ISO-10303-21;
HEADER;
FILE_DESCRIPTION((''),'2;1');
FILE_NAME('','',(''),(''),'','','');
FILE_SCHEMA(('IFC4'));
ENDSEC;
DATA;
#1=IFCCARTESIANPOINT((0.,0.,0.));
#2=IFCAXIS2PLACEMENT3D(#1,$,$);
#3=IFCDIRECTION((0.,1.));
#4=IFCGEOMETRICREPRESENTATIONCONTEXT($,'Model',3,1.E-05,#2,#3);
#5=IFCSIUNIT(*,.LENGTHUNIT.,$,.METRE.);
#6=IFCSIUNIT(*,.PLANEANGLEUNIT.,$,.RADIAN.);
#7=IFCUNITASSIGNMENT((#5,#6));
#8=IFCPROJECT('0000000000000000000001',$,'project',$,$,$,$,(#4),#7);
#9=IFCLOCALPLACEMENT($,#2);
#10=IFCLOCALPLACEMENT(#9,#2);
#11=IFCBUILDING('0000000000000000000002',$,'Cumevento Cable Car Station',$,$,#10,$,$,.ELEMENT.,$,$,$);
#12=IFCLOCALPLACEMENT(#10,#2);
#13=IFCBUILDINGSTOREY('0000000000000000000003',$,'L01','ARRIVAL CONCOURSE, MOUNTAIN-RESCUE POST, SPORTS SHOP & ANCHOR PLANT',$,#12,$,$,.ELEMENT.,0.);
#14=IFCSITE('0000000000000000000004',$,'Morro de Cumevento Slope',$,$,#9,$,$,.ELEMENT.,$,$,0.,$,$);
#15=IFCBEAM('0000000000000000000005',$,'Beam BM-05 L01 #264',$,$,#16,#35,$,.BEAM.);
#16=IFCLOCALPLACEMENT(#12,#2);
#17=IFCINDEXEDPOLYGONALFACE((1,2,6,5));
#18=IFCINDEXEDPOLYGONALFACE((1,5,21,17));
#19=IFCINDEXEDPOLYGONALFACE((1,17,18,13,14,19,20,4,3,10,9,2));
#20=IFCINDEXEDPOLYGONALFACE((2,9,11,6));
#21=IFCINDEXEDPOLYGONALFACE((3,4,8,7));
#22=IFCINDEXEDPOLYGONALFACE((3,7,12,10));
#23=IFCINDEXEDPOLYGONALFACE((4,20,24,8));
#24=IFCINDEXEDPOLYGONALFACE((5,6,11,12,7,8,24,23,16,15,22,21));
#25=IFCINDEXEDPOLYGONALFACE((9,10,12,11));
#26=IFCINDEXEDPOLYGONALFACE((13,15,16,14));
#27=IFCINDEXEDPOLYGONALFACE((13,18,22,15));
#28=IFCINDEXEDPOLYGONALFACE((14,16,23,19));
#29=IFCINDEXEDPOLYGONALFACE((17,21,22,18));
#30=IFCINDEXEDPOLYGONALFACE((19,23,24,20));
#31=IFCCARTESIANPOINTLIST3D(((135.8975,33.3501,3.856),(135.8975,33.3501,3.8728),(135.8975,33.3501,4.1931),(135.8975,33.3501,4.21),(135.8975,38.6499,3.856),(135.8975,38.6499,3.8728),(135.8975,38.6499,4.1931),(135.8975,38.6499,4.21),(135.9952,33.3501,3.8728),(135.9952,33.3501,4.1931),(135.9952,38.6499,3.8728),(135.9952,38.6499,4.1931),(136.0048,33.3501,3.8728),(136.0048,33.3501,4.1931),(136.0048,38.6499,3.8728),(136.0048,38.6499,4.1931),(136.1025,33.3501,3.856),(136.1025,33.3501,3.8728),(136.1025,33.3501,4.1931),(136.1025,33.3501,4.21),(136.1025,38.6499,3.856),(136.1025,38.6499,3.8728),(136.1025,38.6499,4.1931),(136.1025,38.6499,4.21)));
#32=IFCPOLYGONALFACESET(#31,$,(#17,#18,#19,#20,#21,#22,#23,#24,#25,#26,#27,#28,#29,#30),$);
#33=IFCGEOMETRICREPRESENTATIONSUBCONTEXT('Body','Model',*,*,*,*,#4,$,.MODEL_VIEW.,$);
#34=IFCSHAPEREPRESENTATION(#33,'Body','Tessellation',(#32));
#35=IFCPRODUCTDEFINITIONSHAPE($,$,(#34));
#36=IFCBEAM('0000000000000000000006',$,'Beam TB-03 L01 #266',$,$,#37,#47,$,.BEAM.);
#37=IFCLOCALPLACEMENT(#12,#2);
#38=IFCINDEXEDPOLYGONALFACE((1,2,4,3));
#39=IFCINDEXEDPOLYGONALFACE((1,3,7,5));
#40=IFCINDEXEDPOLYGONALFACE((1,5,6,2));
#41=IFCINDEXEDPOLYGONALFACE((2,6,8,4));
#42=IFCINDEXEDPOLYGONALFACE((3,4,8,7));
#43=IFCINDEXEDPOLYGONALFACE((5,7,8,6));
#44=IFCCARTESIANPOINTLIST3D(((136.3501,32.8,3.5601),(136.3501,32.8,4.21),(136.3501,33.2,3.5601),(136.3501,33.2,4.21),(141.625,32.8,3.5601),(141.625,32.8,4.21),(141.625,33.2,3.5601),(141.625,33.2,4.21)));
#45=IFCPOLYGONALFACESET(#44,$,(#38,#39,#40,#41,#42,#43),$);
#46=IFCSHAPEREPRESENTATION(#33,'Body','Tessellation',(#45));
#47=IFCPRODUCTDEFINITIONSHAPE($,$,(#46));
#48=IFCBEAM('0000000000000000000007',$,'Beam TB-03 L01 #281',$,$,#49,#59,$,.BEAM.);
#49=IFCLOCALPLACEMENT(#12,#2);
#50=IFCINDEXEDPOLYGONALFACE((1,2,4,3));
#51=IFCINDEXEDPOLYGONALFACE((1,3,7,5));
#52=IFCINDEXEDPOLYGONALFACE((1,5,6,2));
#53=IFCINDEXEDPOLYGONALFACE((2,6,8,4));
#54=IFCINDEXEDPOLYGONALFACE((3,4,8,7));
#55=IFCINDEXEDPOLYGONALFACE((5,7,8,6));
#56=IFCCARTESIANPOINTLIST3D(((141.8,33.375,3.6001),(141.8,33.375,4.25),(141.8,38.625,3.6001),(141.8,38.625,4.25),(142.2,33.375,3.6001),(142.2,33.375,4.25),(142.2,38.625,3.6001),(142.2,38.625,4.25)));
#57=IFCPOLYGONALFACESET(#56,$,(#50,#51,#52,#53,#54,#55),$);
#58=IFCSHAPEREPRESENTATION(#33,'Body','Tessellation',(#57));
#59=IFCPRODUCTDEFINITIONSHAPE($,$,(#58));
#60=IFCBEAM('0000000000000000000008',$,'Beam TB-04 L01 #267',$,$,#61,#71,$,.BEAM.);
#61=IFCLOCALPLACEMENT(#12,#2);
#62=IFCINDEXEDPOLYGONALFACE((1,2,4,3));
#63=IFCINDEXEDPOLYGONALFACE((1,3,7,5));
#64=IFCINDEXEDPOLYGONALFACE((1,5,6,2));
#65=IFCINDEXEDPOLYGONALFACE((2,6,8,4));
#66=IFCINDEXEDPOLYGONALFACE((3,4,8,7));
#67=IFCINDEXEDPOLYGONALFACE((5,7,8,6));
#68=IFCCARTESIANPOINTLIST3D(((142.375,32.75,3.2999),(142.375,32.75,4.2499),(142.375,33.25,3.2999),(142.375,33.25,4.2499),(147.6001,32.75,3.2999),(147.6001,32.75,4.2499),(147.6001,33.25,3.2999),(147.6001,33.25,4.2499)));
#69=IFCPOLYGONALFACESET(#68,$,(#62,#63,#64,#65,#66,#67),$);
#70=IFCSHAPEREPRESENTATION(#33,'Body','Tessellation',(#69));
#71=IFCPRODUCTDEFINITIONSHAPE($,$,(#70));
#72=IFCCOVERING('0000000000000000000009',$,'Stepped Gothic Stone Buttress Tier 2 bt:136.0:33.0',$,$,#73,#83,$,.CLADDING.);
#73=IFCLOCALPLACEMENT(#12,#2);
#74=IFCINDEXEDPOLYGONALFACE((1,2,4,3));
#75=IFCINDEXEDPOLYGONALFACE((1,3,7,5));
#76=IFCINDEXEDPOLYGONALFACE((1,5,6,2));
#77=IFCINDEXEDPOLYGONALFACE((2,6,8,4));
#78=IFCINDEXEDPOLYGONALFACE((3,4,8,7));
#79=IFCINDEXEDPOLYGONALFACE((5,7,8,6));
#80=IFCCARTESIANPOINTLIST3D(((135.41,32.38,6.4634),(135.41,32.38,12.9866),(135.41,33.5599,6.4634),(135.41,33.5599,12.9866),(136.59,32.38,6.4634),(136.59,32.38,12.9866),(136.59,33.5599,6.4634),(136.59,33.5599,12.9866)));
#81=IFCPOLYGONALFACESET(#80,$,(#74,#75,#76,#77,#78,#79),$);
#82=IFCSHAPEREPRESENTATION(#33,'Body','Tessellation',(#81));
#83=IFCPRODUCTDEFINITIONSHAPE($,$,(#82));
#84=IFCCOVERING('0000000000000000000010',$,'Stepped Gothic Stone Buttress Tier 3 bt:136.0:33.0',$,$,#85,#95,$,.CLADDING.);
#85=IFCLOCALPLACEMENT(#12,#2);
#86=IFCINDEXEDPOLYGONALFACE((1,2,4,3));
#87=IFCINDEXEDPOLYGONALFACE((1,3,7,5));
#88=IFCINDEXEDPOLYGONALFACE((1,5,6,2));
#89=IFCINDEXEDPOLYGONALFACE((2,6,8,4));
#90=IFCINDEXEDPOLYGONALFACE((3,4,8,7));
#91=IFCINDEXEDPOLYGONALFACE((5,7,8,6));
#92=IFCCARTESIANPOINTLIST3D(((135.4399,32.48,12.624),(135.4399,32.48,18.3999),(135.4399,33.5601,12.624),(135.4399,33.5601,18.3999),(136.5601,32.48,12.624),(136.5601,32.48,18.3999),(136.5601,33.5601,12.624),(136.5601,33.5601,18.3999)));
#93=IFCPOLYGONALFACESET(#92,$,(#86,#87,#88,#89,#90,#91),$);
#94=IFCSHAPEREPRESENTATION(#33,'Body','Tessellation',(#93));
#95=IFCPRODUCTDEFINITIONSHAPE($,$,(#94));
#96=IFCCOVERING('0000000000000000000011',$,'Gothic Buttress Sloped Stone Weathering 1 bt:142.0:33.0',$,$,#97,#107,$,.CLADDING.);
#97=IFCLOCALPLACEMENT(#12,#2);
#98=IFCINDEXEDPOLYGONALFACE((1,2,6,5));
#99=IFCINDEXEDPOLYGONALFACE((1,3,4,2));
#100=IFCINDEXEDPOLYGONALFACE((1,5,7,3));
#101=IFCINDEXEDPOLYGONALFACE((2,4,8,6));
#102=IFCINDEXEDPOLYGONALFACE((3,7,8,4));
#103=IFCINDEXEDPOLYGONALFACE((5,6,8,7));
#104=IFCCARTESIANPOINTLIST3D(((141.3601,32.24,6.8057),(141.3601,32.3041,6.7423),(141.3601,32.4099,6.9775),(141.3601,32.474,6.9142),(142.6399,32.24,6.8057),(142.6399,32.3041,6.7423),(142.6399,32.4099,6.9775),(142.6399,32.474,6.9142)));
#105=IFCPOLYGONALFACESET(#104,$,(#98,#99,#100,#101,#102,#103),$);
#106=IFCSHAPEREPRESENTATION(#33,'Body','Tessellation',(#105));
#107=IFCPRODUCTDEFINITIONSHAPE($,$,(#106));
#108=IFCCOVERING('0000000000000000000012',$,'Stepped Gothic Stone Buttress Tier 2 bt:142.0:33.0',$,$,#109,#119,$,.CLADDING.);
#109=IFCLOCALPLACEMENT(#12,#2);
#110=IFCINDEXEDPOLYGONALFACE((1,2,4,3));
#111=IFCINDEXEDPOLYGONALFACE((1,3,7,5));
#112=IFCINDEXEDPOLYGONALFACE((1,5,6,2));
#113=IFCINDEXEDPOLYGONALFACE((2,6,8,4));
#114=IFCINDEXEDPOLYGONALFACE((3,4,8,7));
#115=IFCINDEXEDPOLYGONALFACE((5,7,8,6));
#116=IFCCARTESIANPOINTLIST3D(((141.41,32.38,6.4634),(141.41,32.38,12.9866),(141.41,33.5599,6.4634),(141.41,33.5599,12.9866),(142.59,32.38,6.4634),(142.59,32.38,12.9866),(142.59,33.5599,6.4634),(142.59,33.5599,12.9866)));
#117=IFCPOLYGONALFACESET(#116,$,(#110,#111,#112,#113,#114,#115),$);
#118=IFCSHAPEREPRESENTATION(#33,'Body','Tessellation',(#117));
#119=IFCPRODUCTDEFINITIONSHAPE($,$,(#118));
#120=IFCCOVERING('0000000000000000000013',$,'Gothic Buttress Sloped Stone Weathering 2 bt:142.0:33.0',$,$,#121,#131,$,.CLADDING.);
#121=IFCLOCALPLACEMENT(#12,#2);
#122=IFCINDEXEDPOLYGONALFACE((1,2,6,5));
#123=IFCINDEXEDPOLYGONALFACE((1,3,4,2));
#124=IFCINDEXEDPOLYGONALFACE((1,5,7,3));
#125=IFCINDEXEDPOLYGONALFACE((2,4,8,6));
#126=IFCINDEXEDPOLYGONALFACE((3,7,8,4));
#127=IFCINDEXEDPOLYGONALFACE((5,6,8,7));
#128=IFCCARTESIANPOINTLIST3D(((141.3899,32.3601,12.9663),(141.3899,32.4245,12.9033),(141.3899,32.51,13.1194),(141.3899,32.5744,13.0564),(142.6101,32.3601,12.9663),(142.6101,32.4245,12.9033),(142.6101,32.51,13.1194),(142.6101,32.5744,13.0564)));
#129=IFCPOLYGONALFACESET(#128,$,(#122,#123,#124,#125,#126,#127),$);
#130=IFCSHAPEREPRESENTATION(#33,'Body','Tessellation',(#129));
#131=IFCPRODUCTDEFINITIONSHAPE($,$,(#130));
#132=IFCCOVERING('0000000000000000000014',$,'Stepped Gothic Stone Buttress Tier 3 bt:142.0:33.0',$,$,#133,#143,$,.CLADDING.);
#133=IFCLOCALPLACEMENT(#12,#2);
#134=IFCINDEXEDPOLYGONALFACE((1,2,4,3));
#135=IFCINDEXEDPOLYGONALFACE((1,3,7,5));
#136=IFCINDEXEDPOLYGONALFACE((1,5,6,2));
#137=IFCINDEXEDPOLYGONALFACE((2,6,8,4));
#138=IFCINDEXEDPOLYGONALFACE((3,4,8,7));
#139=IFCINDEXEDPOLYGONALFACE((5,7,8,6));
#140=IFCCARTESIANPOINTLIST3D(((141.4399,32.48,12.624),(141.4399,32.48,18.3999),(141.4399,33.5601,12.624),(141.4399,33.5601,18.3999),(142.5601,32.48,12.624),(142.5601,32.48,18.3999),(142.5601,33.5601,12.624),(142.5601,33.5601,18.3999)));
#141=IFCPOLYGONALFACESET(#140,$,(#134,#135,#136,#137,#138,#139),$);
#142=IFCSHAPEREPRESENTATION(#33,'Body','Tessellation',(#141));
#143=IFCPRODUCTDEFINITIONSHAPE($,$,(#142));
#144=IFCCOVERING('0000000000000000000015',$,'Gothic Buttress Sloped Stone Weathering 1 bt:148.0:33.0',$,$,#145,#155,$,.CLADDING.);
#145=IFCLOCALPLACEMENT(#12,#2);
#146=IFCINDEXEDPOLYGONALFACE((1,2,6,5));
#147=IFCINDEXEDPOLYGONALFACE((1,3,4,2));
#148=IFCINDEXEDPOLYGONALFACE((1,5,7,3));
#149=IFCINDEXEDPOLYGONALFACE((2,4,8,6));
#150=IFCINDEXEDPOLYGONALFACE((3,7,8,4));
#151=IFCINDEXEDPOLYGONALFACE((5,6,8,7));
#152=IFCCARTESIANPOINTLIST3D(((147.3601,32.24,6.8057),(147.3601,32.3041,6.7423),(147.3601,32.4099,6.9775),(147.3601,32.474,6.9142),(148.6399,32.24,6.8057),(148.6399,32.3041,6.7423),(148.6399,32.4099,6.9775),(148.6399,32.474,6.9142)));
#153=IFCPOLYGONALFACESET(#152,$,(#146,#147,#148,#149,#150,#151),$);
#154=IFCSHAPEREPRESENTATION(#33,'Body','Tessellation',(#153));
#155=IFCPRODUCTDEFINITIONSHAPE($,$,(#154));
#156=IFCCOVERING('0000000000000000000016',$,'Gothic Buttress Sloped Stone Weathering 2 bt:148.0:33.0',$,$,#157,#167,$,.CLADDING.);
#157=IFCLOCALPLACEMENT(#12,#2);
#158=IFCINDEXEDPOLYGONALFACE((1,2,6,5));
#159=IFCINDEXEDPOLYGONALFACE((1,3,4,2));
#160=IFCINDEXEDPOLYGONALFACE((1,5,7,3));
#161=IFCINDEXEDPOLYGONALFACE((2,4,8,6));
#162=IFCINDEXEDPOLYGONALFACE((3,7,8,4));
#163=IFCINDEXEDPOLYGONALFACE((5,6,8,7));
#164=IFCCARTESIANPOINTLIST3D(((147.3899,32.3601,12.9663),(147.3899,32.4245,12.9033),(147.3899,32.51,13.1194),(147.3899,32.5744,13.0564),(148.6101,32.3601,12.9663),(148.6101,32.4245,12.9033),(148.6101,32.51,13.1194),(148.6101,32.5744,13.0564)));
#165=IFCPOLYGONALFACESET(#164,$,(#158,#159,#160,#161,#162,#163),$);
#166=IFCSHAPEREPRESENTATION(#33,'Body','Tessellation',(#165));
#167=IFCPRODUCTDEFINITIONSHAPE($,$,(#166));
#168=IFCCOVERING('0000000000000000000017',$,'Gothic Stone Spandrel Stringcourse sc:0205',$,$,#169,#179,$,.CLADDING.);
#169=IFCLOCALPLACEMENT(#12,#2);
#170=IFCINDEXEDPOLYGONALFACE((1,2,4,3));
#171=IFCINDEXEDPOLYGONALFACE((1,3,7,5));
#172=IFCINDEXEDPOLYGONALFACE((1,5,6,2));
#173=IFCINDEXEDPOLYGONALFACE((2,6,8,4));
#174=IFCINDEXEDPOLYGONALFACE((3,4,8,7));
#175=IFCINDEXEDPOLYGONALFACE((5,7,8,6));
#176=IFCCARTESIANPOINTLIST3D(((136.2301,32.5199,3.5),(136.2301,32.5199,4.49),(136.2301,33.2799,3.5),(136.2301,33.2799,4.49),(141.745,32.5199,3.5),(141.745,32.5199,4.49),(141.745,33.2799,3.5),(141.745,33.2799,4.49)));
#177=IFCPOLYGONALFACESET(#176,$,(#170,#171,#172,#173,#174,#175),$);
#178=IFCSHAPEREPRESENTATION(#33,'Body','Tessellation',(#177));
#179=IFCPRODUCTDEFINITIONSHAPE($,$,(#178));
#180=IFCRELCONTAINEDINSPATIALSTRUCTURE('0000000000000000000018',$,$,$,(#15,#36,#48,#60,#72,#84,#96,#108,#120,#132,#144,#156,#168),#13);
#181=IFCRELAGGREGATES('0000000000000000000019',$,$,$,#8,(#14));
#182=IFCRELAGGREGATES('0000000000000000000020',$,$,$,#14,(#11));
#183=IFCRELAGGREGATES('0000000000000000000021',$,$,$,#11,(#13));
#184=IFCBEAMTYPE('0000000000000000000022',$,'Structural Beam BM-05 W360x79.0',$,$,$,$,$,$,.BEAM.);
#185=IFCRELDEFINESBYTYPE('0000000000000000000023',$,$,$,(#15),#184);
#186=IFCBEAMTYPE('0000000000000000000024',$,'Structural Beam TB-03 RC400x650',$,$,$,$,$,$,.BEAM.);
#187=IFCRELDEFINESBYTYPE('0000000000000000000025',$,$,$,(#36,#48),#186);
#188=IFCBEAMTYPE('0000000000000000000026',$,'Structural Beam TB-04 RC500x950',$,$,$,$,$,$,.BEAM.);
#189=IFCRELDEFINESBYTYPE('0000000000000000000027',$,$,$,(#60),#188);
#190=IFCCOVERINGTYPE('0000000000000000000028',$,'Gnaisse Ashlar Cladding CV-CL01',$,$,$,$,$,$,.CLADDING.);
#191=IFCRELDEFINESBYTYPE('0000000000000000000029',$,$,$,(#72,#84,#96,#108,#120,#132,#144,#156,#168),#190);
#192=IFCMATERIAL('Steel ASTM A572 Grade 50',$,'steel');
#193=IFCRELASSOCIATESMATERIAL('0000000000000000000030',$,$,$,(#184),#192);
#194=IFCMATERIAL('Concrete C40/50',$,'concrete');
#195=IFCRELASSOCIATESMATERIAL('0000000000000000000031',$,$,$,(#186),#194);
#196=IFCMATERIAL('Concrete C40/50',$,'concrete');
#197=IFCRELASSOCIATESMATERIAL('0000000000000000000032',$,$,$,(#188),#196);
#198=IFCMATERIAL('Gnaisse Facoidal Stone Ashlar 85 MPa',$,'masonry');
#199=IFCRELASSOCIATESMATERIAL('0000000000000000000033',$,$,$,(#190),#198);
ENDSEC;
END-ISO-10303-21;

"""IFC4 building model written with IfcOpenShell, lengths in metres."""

from ifc_helpers import new_model, si_unit, direction, frame, origin, origin_2d, place, context, subcontext, project, spatial, polyline, rectangle, i_section, outline, extrude, material, material_profile, profile_set, type_object, element, save


model = new_model("IFC4")

# Units and contexts
model_context = context("Model", 3, precision=1e-05, world=origin(), true_north=direction((0.0, 1.0)))
body_context = subcontext(model_context, "Body", "Model", "MODEL_VIEW")
ifc_project = project(units=[si_unit("LENGTHUNIT", "METRE"), si_unit("PLANEANGLEUNIT", "RADIAN")], contexts=[model_context])

# Site, building, storey
site_placement = place(None, origin())
site = spatial("IfcSite", under=ifc_project, at=site_placement, Name="Morro de Cumevento Slope", CompositionType="ELEMENT", RefElevation=0.0)
building_placement = place(site_placement, origin())
building = spatial("IfcBuilding", under=site, at=building_placement, Name="Cumevento Cable Car Station", CompositionType="ELEMENT")
storey_placement = place(building_placement, origin())
storey = spatial("IfcBuildingStorey", under=building, at=storey_placement, Name="L01", Description="ARRIVAL CONCOURSE, MOUNTAIN-RESCUE POST, SPORTS SHOP & ANCHOR PLANT", CompositionType="ELEMENT", Elevation=0.0)

# Beams
ifc_material_1 = material(Name="Steel ASTM A572 Grade 50", Category="steel")
ifc_material_profile_1 = material_profile(ifc_material_1, i_section(OverallWidth=0.2051, OverallDepth=0.354, WebThickness=0.0095, FlangeThickness=0.0168, at=origin_2d()), Name="W360x79.0")
ifc_profile_set_1 = profile_set([ifc_material_profile_1], Name="Steel ASTM A572 Grade 50")
beam_type_1 = type_object("IfcBeamType", Name="Structural Beam BM-05 W360x79.0", PredefinedType="BEAM", material=ifc_profile_set_1)
beam_1_placement = place(storey_placement, frame((136.0, 33.3501, 4.033), z_axis=(0.0, 1.0, 0.0), x_axis=(-1.0, 0.0, 0.0)))
element("IfcBeam", 1, at=beam_1_placement, inside=storey, type_object=beam_type_1, Name="Beam BM-05 L01 #264", PredefinedType="BEAM", context=body_context, shape_type="SweptSolid", body=[
    extrude(i_section(OverallWidth=0.2051, OverallDepth=0.354, WebThickness=0.0095, FlangeThickness=0.0168, at=origin_2d()), origin(), (0.0, 0.0, 1.0), 5.2998),
])
ifc_material_2 = material(Name="Concrete C40/50", Category="concrete")
ifc_material_profile_2 = material_profile(ifc_material_2, rectangle(XDim=0.3999, YDim=0.6499, at=origin_2d()), Name="RC400x650")
ifc_profile_set_2 = profile_set([ifc_material_profile_2], Name="Concrete C40/50")
beam_type_2 = type_object("IfcBeamType", Name="Structural Beam TB-03 RC400x650", PredefinedType="BEAM", material=ifc_profile_set_2)
beam_2_placement = place(storey_placement, frame((136.3501, 33.0, 3.885), z_axis=(1.0, 0.0, 0.0), x_axis=(0.0, 1.0, 0.0)))
element("IfcBeam", 2, at=beam_2_placement, inside=storey, type_object=beam_type_2, Name="Beam TB-03 L01 #266", PredefinedType="BEAM", context=body_context, shape_type="SweptSolid", body=[
    extrude(rectangle(XDim=0.3999, YDim=0.6499, at=origin_2d()), origin(), (0.0, 0.0, 1.0), 5.2749),
])
beam_3_placement = place(storey_placement, frame((142.0, 33.375, 3.925), z_axis=(0.0, 1.0, 0.0), x_axis=(-1.0, 0.0, 0.0)))
element("IfcBeam", 3, at=beam_3_placement, inside=storey, type_object=beam_type_2, Name="Beam TB-03 L01 #281", PredefinedType="BEAM", context=body_context, shape_type="SweptSolid", body=[
    extrude(rectangle(XDim=0.3999, YDim=0.6499, at=origin_2d()), origin(), (0.0, 0.0, 1.0), 5.25),
])
ifc_material_3 = material(Name="Concrete C40/50", Category="concrete")
ifc_material_profile_3 = material_profile(ifc_material_3, rectangle(XDim=0.5, YDim=0.95, at=origin_2d()), Name="RC500x950")
ifc_profile_set_3 = profile_set([ifc_material_profile_3], Name="Concrete C40/50")
beam_type_3 = type_object("IfcBeamType", Name="Structural Beam TB-04 RC500x950", PredefinedType="BEAM", material=ifc_profile_set_3)
beam_4_placement = place(storey_placement, frame((142.375, 33.0, 3.7749), z_axis=(1.0, 0.0, 0.0), x_axis=(0.0, 1.0, 0.0)))
element("IfcBeam", 4, at=beam_4_placement, inside=storey, type_object=beam_type_3, Name="Beam TB-04 L01 #267", PredefinedType="BEAM", context=body_context, shape_type="SweptSolid", body=[
    extrude(rectangle(XDim=0.5, YDim=0.95, at=origin_2d()), origin(), (0.0, 0.0, 1.0), 5.2251),
])

# Coverings
ifc_material_4 = material(Name="Gnaisse Facoidal Stone Ashlar 85 MPa", Category="masonry")
covering_type = type_object("IfcCoveringType", Name="Gnaisse Ashlar Cladding CV-CL01", PredefinedType="CLADDING", material=ifc_material_4)
covering_1_placement = place(storey_placement, frame((136.0, 32.97, 6.4634), z_axis=(0.0, 0.0, 1.0), x_axis=(1.0, 0.0, 0.0)))
element("IfcCovering", 5, at=covering_1_placement, inside=storey, type_object=covering_type, Name="Stepped Gothic Stone Buttress Tier 2 bt:136.0:33.0", PredefinedType="CLADDING", context=body_context, shape_type="SweptSolid", body=[
    extrude(rectangle(XDim=1.1799, YDim=1.1799, at=origin_2d()), origin(), (0.0, 0.0, 1.0), 6.5232),
])
covering_2_placement = place(storey_placement, frame((136.0, 33.02, 12.624), z_axis=(0.0, 0.0, 1.0), x_axis=(1.0, 0.0, 0.0)))
element("IfcCovering", 6, at=covering_2_placement, inside=storey, type_object=covering_type, Name="Stepped Gothic Stone Buttress Tier 3 bt:136.0:33.0", PredefinedType="CLADDING", context=body_context, shape_type="SweptSolid", body=[
    extrude(rectangle(XDim=1.1201, YDim=1.0801, at=origin_2d()), origin(), (0.0, 0.0, 1.0), 5.7759),
])
covering_3_placement = place(storey_placement, frame((141.3601, 32.24, 6.8057), z_axis=(0.0, -0.711136, 0.703055), x_axis=(1.0, 0.0, 0.0)))
element("IfcCovering", 7, at=covering_3_placement, inside=storey, type_object=covering_type, Name="Gothic Buttress Sloped Stone Weathering 1 bt:142.0:33.0", PredefinedType="CLADDING", context=body_context, shape_type="SweptSolid", body=[
    extrude(outline(polyline([(0.0, 0.0), (1.2798, 0.0), (1.2798, 0.2417), (0.0, 0.2417), (0.0, 0.0)])), origin(), (0.0, 0.0, -1.0), 0.0901),
])
covering_4_placement = place(storey_placement, frame((142.0, 32.97, 6.4634), z_axis=(0.0, 0.0, 1.0), x_axis=(1.0, 0.0, 0.0)))
element("IfcCovering", 8, at=covering_4_placement, inside=storey, type_object=covering_type, Name="Stepped Gothic Stone Buttress Tier 2 bt:142.0:33.0", PredefinedType="CLADDING", context=body_context, shape_type="SweptSolid", body=[
    extrude(rectangle(XDim=1.1799, YDim=1.1799, at=origin_2d()), origin(), (0.0, 0.0, 1.0), 6.5232),
])
covering_5_placement = place(storey_placement, frame((141.3899, 32.3601, 12.9663), z_axis=(0.0, -0.714475, 0.699661), x_axis=(1.0, 0.0, 0.0)))
element("IfcCovering", 9, at=covering_5_placement, inside=storey, type_object=covering_type, Name="Gothic Buttress Sloped Stone Weathering 2 bt:142.0:33.0", PredefinedType="CLADDING", context=body_context, shape_type="SweptSolid", body=[
    extrude(outline(polyline([(0.0, 0.0), (1.2202, 0.0), (1.2202, 0.2142), (0.0, 0.2142), (0.0, 0.0)])), origin(), (0.0, 0.0, -1.0), 0.0901),
])
covering_6_placement = place(storey_placement, frame((142.0, 33.02, 12.624), z_axis=(0.0, 0.0, 1.0), x_axis=(1.0, 0.0, 0.0)))
element("IfcCovering", 10, at=covering_6_placement, inside=storey, type_object=covering_type, Name="Stepped Gothic Stone Buttress Tier 3 bt:142.0:33.0", PredefinedType="CLADDING", context=body_context, shape_type="SweptSolid", body=[
    extrude(rectangle(XDim=1.1201, YDim=1.0801, at=origin_2d()), origin(), (0.0, 0.0, 1.0), 5.7759),
])
covering_7_placement = place(storey_placement, frame((147.3601, 32.24, 6.8057), z_axis=(0.0, -0.711136, 0.703055), x_axis=(1.0, 0.0, 0.0)))
element("IfcCovering", 11, at=covering_7_placement, inside=storey, type_object=covering_type, Name="Gothic Buttress Sloped Stone Weathering 1 bt:148.0:33.0", PredefinedType="CLADDING", context=body_context, shape_type="SweptSolid", body=[
    extrude(outline(polyline([(0.0, 0.0), (1.2798, 0.0), (1.2798, 0.2417), (0.0, 0.2417), (0.0, 0.0)])), origin(), (0.0, 0.0, -1.0), 0.0901),
])
covering_8_placement = place(storey_placement, frame((147.3899, 32.3601, 12.9663), z_axis=(0.0, -0.714475, 0.699661), x_axis=(1.0, 0.0, 0.0)))
element("IfcCovering", 12, at=covering_8_placement, inside=storey, type_object=covering_type, Name="Gothic Buttress Sloped Stone Weathering 2 bt:148.0:33.0", PredefinedType="CLADDING", context=body_context, shape_type="SweptSolid", body=[
    extrude(outline(polyline([(0.0, 0.0), (1.2202, 0.0), (1.2202, 0.2142), (0.0, 0.2142), (0.0, 0.0)])), origin(), (0.0, 0.0, -1.0), 0.0901),
])
covering_9_placement = place(storey_placement, frame((138.9875, 32.8999, 3.5), z_axis=(0.0, 0.0, 1.0), x_axis=(1.0, 0.0, 0.0)))
element("IfcCovering", 13, at=covering_9_placement, inside=storey, type_object=covering_type, Name="Gothic Stone Spandrel Stringcourse sc:0205", PredefinedType="CLADDING", context=body_context, shape_type="SweptSolid", body=[
    extrude(rectangle(XDim=5.5149, YDim=0.76, at=origin_2d()), origin(), (0.0, 0.0, 1.0), 0.99),
])

save(model, "model.ifc")
